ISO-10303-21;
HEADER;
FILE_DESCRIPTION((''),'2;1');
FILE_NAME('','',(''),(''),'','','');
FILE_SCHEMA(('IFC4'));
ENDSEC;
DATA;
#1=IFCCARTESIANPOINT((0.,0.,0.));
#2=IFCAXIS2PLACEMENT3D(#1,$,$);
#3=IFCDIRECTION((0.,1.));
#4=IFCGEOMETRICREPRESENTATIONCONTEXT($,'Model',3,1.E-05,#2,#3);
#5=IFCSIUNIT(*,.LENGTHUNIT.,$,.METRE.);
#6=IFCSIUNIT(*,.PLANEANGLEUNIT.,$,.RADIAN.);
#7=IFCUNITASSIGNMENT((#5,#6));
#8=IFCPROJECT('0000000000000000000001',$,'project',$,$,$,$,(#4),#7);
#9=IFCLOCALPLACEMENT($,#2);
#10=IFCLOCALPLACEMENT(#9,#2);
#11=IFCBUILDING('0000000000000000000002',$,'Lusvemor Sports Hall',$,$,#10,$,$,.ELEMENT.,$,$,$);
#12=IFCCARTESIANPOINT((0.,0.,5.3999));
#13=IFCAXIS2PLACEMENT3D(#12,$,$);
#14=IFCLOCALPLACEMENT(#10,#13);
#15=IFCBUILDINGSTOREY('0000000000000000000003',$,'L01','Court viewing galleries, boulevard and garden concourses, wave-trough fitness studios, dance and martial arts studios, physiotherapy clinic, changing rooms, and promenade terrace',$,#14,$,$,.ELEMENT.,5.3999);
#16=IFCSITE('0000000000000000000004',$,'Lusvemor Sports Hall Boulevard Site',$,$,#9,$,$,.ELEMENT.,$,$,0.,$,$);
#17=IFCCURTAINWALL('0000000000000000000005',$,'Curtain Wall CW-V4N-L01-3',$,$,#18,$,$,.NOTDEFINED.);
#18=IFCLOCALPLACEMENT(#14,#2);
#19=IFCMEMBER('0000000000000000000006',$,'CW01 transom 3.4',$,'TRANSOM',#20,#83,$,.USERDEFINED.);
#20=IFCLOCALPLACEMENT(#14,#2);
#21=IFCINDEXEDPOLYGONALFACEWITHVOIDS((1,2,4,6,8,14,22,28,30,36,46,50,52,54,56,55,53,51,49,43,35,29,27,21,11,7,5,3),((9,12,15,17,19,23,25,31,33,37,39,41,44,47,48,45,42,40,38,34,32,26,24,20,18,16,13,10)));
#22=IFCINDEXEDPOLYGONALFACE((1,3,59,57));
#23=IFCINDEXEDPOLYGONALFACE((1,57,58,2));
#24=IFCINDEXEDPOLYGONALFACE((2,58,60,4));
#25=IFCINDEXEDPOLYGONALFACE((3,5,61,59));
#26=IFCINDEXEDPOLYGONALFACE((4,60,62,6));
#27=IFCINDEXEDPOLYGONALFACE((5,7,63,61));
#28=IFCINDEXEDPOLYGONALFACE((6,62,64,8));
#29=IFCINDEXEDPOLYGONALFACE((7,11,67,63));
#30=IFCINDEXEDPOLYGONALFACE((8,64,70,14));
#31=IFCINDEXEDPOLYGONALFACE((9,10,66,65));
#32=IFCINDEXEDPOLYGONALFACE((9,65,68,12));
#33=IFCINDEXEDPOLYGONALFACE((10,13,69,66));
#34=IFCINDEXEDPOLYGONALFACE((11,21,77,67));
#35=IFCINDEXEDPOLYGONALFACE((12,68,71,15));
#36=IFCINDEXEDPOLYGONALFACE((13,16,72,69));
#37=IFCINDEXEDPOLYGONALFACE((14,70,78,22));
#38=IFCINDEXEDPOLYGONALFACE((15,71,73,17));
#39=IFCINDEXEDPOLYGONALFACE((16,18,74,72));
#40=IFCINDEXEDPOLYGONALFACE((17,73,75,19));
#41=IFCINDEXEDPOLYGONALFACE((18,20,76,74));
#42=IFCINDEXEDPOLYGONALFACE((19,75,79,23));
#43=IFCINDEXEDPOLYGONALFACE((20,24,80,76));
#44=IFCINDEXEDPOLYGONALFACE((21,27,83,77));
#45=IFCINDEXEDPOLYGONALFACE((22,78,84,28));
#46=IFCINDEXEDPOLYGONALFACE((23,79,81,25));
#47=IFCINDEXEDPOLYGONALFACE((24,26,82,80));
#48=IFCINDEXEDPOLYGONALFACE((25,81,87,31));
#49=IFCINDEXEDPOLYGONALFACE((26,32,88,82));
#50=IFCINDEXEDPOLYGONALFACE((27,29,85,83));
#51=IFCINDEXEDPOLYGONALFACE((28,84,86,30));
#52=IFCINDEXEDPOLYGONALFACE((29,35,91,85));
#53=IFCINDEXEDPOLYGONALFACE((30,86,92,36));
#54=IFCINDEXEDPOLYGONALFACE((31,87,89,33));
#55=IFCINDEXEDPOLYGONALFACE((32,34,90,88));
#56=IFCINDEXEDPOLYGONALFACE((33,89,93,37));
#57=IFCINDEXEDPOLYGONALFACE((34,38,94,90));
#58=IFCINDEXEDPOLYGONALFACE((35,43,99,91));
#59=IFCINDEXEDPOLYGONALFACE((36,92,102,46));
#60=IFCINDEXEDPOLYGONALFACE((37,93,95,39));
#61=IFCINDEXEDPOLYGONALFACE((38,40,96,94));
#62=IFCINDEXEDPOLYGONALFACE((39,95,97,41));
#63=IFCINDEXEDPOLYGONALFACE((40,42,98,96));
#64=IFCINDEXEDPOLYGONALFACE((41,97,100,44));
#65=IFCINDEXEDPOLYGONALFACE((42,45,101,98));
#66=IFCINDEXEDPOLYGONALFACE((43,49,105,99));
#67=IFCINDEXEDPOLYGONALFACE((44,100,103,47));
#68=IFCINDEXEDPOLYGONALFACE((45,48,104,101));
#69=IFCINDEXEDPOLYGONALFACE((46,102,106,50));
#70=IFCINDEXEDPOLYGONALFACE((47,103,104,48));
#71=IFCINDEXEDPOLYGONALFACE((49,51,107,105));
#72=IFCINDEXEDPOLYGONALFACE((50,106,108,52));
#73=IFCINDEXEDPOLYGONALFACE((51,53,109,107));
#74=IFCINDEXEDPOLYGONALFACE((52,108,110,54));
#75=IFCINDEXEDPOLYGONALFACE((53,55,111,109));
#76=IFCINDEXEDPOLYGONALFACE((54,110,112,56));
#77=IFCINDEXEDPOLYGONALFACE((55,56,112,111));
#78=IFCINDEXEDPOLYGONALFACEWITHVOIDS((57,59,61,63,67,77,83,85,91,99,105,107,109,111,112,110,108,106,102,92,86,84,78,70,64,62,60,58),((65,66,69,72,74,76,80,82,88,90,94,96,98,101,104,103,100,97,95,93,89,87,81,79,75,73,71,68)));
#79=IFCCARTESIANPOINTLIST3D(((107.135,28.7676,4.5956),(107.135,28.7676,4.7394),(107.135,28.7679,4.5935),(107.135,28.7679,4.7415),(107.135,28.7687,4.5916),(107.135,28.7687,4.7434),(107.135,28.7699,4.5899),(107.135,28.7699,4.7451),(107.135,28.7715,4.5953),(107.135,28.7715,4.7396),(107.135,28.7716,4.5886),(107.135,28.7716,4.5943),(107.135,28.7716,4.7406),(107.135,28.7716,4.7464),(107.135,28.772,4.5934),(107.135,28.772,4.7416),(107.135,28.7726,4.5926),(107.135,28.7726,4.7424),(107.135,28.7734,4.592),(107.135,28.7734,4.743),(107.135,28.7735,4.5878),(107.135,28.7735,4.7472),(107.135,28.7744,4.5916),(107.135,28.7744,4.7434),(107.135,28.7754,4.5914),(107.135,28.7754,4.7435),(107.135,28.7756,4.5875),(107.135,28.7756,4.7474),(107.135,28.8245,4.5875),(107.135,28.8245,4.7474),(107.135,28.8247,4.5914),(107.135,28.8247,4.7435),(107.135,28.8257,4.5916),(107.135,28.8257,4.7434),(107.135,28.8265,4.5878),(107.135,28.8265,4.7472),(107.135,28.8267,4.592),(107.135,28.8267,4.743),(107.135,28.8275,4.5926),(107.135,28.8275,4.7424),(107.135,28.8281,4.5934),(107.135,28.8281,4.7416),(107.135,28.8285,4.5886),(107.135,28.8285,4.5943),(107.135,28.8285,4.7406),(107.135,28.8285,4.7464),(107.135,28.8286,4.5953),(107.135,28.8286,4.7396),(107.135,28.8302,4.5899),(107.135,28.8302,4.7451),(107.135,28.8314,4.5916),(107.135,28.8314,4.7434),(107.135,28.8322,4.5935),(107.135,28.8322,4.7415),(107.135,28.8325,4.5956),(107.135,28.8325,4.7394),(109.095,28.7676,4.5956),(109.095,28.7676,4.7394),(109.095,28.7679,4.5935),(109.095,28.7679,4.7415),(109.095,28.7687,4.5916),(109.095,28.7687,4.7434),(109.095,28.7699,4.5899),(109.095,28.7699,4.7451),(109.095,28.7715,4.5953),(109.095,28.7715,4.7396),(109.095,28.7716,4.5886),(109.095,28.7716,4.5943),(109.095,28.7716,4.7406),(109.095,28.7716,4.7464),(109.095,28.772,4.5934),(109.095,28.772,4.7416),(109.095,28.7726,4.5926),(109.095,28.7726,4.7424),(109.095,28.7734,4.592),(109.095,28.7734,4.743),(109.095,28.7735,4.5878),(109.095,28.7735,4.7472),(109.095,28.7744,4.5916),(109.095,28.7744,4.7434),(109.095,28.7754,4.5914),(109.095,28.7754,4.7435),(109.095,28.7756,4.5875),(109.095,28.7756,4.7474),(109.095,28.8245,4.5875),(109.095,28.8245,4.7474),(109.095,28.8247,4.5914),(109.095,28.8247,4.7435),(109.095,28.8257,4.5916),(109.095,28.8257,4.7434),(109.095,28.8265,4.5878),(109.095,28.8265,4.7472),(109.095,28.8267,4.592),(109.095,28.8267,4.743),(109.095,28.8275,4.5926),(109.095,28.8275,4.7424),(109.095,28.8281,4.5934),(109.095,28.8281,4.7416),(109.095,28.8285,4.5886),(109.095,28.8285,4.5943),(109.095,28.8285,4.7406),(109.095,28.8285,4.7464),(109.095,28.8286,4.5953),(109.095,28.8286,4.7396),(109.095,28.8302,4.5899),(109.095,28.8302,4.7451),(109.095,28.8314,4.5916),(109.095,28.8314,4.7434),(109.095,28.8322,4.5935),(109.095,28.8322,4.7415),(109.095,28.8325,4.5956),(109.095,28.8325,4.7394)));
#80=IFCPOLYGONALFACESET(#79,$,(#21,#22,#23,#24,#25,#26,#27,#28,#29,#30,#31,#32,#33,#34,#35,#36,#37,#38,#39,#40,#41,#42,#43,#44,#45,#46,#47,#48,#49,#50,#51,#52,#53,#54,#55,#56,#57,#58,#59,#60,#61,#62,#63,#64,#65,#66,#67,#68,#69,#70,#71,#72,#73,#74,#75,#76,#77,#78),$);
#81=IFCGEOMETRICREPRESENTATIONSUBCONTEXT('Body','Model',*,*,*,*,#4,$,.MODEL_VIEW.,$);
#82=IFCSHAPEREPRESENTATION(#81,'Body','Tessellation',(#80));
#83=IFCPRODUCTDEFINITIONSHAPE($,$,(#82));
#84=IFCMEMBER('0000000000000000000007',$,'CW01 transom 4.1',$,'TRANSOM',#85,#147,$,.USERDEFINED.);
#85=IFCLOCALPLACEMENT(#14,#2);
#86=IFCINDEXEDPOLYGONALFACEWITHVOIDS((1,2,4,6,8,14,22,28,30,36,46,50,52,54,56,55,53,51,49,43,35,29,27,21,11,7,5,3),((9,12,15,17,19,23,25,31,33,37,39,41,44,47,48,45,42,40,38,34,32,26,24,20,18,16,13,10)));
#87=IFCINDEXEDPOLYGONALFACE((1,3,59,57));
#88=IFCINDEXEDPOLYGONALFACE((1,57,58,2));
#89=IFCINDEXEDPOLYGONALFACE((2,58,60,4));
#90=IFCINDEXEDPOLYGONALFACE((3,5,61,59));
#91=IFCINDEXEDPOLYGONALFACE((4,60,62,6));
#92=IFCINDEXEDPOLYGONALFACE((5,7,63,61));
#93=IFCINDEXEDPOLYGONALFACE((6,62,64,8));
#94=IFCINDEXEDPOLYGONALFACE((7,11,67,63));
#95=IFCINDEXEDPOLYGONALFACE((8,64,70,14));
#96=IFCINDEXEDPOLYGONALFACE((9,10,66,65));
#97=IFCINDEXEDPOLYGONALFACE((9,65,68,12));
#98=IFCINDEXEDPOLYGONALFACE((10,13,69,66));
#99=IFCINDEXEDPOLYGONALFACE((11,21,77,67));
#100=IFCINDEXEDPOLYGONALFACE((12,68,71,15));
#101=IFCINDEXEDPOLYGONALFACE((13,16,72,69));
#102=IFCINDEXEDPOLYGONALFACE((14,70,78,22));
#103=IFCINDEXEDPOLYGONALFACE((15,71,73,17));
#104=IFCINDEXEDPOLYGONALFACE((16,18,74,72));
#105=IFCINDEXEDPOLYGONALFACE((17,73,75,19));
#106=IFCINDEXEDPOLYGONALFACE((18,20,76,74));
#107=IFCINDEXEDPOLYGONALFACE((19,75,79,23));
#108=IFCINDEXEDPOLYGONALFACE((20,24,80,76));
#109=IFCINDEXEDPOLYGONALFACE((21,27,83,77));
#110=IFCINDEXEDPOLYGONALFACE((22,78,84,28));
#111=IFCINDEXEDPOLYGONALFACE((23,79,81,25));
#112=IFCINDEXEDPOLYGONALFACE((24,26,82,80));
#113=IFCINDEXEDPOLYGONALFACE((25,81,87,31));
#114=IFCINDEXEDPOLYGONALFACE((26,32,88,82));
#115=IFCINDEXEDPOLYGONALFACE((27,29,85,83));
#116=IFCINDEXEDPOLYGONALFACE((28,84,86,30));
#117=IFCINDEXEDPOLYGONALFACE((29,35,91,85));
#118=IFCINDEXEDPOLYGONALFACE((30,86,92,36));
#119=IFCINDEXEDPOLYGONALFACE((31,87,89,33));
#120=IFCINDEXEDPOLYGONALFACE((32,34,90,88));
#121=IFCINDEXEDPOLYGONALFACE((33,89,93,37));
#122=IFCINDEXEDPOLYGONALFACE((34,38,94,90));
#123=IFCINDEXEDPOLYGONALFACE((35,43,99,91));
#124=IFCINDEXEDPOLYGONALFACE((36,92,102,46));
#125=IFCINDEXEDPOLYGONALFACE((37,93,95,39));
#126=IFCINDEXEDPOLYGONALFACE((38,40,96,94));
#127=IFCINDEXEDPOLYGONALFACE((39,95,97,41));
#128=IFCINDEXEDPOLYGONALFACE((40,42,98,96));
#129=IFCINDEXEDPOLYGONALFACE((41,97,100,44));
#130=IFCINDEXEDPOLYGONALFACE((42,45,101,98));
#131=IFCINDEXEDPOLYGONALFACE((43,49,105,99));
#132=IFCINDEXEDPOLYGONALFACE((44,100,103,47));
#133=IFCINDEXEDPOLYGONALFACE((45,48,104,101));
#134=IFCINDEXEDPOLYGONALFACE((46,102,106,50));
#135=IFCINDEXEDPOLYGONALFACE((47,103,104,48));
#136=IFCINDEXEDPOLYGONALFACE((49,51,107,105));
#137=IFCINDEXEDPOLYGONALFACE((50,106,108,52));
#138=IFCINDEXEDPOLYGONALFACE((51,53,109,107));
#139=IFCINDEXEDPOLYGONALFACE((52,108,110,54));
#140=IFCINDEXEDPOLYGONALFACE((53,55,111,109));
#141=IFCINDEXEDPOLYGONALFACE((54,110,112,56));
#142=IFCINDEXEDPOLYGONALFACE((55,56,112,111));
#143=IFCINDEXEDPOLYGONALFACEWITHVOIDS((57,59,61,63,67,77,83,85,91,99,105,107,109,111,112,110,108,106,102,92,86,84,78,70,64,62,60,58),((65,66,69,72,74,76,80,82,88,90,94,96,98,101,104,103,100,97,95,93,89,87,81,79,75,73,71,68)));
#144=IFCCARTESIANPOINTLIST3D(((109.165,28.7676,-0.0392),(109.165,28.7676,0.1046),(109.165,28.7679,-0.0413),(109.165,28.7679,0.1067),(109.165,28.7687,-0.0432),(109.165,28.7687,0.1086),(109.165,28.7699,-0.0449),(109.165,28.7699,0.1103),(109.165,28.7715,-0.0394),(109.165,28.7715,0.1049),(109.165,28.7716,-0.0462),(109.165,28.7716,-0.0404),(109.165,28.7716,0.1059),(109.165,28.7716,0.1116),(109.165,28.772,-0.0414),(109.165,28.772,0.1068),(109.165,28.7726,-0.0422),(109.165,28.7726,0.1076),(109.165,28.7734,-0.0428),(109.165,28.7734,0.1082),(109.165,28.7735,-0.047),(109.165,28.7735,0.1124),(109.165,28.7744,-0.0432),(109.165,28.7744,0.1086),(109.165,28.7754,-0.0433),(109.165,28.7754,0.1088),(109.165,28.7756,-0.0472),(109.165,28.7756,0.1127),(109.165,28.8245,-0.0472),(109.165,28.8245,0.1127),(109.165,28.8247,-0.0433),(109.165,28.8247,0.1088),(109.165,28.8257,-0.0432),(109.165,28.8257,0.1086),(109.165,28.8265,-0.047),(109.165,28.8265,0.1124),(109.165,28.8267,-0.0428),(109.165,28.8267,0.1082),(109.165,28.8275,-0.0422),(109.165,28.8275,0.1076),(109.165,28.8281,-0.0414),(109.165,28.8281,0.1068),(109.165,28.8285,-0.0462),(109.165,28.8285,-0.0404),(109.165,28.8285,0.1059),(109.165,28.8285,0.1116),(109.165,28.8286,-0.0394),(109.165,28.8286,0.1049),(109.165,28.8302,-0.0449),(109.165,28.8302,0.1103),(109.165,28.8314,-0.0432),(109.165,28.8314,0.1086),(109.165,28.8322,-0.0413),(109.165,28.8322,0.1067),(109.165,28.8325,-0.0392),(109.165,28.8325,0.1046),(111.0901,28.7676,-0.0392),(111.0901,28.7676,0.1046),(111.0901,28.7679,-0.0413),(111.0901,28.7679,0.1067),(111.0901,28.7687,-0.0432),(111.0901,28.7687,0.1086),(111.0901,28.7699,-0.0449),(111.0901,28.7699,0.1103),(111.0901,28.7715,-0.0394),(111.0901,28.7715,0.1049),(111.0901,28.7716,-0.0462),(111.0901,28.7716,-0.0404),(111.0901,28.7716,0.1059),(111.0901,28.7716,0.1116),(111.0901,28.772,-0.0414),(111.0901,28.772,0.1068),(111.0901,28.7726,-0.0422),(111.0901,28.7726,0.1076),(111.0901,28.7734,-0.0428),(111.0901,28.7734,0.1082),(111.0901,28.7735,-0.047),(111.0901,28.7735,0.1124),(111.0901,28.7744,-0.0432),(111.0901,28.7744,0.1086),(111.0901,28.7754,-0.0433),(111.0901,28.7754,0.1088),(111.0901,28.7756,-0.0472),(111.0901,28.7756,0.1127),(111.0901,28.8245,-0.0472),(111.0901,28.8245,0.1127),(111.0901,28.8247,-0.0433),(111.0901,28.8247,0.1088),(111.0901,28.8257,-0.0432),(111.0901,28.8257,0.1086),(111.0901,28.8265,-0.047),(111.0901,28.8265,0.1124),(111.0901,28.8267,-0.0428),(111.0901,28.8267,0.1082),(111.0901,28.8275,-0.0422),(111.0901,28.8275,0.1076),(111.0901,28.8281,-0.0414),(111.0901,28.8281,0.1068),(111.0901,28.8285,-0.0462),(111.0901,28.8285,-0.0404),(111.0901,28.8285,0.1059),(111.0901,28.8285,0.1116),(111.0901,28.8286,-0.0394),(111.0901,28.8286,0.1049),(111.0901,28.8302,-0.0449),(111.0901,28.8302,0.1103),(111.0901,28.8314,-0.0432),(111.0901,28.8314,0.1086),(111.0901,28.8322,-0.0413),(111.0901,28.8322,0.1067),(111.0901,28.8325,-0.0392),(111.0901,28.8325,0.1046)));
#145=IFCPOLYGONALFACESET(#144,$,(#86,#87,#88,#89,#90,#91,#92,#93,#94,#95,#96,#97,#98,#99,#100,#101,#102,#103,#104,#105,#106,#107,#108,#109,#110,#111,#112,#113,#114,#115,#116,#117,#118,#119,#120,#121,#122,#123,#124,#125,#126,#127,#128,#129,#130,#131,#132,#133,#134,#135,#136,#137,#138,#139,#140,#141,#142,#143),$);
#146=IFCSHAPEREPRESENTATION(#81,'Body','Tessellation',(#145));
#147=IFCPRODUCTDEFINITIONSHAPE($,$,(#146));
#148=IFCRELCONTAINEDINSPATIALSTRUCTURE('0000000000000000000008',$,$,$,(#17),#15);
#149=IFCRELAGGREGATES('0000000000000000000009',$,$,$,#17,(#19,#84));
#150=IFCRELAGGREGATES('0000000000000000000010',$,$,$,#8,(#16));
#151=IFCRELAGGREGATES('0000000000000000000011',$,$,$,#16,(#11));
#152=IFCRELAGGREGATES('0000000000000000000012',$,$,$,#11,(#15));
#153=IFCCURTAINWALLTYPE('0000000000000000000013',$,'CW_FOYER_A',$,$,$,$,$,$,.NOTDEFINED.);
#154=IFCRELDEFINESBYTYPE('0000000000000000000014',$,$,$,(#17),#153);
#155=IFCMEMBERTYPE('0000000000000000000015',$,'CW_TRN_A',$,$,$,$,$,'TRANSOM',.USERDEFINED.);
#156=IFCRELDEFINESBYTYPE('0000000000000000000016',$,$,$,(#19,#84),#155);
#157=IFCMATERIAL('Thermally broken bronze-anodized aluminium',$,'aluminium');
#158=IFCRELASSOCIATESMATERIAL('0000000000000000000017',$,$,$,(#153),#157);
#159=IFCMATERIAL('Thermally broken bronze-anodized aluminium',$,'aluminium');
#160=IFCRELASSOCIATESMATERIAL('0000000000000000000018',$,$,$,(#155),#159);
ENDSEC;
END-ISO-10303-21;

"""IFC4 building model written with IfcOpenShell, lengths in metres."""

from ifc_helpers import new_model, si_unit, direction, frame, origin, origin_2d, place, context, subcontext, project, spatial, hollow_rectangle, extrude, material, material_profile, profile_set, type_object, element, aggregate, save


model = new_model("IFC4")

# Units and contexts
model_context = context("Model", 3, precision=1e-05, world=origin(), true_north=direction((0.0, 1.0)))
body_context = subcontext(model_context, "Body", "Model", "MODEL_VIEW")
ifc_project = project(units=[si_unit("LENGTHUNIT", "METRE"), si_unit("PLANEANGLEUNIT", "RADIAN")], contexts=[model_context])

# Site, building, storey
site_placement = place(None, origin())
site = spatial("IfcSite", under=ifc_project, at=site_placement, Name="Lusvemor Sports Hall Boulevard Site", CompositionType="ELEMENT", RefElevation=0.0)
building_placement = place(site_placement, origin())
building = spatial("IfcBuilding", under=site, at=building_placement, Name="Lusvemor Sports Hall", CompositionType="ELEMENT")
storey_placement = place(building_placement, frame((0.0, 0.0, 5.3999)))
storey = spatial("IfcBuildingStorey", under=building, at=storey_placement, Name="L01", Description="Court viewing galleries, boulevard and garden concourses, wave-trough fitness studios, dance and martial arts studios, physiotherapy clinic, changing rooms, and promenade terrace", CompositionType="ELEMENT", Elevation=5.3999)

# Curtain wall
ifc_material_1 = material(Name="Thermally broken bronze-anodized aluminium", Category="aluminium")
curtain_wall_type = type_object("IfcCurtainWallType", Name="CW_FOYER_A", PredefinedType="NOTDEFINED", material=ifc_material_1)
curtain_wall_1_placement = place(storey_placement, origin())
curtain_wall_1 = element("IfcCurtainWall", 1, at=curtain_wall_1_placement, inside=storey, type_object=curtain_wall_type, Name="Curtain Wall CW-V4N-L01-3", PredefinedType="NOTDEFINED")

# Members
ifc_material_2 = material(Name="Thermally broken bronze-anodized aluminium", Category="aluminium")
ifc_material_profile_1 = material_profile(ifc_material_2, hollow_rectangle(XDim=0.0649, YDim=0.1599, WallThickness=0.0039, InnerFilletRadius=0.0039, OuterFilletRadius=0.0081, at=origin_2d()), Name="CWTRN160x65x4")
ifc_profile_set_1 = profile_set([ifc_material_profile_1], Name="Thermally broken bronze-anodized aluminium")
member_type_1 = type_object("IfcMemberType", Name="CW_TRN_A", ElementType="TRANSOM", PredefinedType="USERDEFINED", material=ifc_profile_set_1)
member_1_placement = place(storey_placement, frame((107.135, 28.8, 4.6675), z_axis=(1.0, 0.0, 0.0), x_axis=(0.0, 1.0, 0.0)))
member_1 = element("IfcMember", 2, at=member_1_placement, type_object=member_type_1, Name="CW01 transom 3.4", ObjectType="TRANSOM", PredefinedType="USERDEFINED", context=body_context, shape_type="SweptSolid", body=[
    extrude(hollow_rectangle(XDim=0.0649, YDim=0.1599, WallThickness=0.0039, InnerFilletRadius=0.0039, OuterFilletRadius=0.0081, at=origin_2d()), origin(), (0.0, 0.0, 1.0), 1.96),
])
member_2_placement = place(storey_placement, frame((109.165, 28.8, 0.0327), z_axis=(1.0, 0.0, 0.0), x_axis=(0.0, 1.0, 0.0)))
member_2 = element("IfcMember", 3, at=member_2_placement, type_object=member_type_1, Name="CW01 transom 4.1", ObjectType="TRANSOM", PredefinedType="USERDEFINED", context=body_context, shape_type="SweptSolid", body=[
    extrude(hollow_rectangle(XDim=0.0649, YDim=0.1599, WallThickness=0.0039, InnerFilletRadius=0.0039, OuterFilletRadius=0.0081, at=origin_2d()), origin(), (0.0, 0.0, 1.0), 1.925),
])

aggregate(curtain_wall_1, [member_1, member_2])

save(model, "model.ifc")
